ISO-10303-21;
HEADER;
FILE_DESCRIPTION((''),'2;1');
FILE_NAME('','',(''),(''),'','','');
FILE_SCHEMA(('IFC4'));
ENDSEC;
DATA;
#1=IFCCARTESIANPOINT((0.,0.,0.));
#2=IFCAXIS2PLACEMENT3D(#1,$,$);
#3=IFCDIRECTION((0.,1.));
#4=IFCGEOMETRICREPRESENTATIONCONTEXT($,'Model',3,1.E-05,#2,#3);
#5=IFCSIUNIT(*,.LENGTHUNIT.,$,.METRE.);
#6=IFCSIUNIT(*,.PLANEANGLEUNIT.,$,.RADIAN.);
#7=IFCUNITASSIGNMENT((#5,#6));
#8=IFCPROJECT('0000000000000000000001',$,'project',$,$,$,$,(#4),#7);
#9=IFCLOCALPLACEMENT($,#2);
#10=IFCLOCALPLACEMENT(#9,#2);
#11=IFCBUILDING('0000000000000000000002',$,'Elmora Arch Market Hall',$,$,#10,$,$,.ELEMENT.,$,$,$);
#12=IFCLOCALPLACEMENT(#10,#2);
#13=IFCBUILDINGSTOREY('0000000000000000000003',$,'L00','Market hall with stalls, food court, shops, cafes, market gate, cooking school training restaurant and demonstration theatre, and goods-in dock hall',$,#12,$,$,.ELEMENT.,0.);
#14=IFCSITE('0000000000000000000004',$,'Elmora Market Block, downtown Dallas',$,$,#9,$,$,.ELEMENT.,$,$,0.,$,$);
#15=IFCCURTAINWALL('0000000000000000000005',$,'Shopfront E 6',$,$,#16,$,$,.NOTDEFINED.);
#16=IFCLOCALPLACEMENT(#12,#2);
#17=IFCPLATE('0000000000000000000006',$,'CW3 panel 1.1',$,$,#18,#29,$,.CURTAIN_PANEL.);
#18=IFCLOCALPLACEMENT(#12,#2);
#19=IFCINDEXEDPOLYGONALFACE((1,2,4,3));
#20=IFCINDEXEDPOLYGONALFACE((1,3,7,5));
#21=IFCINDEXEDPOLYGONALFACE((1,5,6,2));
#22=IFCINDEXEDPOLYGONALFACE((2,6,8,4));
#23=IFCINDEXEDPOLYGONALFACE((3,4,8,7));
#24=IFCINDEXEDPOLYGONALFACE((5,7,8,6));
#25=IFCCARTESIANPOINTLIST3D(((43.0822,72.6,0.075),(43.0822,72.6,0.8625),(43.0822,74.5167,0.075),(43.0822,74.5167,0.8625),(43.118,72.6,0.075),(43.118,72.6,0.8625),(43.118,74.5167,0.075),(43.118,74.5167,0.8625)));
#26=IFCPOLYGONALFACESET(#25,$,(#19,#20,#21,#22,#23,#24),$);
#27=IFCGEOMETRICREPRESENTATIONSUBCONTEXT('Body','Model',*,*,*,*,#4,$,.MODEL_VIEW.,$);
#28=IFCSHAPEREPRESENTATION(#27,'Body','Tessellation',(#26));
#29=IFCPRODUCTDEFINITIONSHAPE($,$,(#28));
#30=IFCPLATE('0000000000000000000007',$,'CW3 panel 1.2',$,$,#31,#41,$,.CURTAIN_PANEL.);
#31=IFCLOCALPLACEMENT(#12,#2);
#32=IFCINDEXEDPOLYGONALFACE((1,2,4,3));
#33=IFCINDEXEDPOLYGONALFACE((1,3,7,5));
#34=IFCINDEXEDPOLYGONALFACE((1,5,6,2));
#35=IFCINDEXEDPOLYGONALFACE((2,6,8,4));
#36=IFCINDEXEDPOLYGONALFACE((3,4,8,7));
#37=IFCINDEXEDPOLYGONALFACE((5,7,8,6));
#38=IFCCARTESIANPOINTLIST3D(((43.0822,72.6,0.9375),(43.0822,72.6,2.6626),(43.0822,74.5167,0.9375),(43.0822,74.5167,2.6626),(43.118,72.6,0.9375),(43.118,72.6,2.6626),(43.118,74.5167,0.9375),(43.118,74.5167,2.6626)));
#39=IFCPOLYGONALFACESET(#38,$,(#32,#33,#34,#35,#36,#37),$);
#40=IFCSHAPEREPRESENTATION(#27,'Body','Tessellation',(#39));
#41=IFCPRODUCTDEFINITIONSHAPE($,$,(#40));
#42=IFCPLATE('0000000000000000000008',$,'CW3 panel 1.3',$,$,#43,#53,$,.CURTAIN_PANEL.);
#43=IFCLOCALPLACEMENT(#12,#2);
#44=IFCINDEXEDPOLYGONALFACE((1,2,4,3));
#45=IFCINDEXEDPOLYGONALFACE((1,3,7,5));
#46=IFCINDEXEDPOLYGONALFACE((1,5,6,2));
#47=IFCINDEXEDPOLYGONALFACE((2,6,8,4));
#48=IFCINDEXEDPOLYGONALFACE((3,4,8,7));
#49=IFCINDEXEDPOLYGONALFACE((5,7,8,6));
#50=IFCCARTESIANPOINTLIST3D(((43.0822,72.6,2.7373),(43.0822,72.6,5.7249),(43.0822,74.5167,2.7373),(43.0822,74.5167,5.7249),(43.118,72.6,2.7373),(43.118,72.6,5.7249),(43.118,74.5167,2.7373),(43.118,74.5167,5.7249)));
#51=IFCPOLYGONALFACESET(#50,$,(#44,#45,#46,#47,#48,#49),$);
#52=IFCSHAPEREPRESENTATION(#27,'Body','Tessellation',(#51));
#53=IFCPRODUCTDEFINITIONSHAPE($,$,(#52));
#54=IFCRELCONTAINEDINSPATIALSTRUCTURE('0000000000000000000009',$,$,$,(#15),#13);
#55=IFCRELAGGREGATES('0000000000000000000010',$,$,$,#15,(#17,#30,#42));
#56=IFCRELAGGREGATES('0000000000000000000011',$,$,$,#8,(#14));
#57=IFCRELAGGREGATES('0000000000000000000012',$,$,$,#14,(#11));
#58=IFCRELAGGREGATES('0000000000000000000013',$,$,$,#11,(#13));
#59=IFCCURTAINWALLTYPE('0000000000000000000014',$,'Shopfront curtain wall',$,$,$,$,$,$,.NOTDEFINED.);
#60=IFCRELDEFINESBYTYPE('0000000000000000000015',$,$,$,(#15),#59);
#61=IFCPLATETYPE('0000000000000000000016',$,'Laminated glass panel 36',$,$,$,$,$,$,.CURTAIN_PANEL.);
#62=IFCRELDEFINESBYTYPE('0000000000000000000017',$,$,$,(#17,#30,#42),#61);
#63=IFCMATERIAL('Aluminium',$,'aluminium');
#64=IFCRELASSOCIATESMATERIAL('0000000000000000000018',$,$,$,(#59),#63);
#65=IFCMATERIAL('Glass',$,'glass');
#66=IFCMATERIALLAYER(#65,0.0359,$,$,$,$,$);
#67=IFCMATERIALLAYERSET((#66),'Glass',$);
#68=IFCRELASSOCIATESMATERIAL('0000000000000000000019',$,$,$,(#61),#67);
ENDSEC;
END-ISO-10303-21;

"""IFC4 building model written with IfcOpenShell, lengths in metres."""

from ifc_helpers import new_model, si_unit, direction, frame, origin, origin_2d, place, context, subcontext, project, spatial, rectangle, extrude, material, layer, layer_set, type_object, element, aggregate, save


model = new_model("IFC4")

# Units and contexts
model_context = context("Model", 3, precision=1e-05, world=origin(), true_north=direction((0.0, 1.0)))
body_context = subcontext(model_context, "Body", "Model", "MODEL_VIEW")
ifc_project = project(units=[si_unit("LENGTHUNIT", "METRE"), si_unit("PLANEANGLEUNIT", "RADIAN")], contexts=[model_context])

# Site, building, storey
site_placement = place(None, origin())
site = spatial("IfcSite", under=ifc_project, at=site_placement, Name="Elmora Market Block, downtown Dallas", CompositionType="ELEMENT", RefElevation=0.0)
building_placement = place(site_placement, origin())
building = spatial("IfcBuilding", under=site, at=building_placement, Name="Elmora Arch Market Hall", CompositionType="ELEMENT")
storey_placement = place(building_placement, origin())
storey = spatial("IfcBuildingStorey", under=building, at=storey_placement, Name="L00", Description="Market hall with stalls, food court, shops, cafes, market gate, cooking school training restaurant and demonstration theatre, and goods-in dock hall", CompositionType="ELEMENT", Elevation=0.0)

# Shared definitions
ifc_material_1 = material(Name="Aluminium", Category="aluminium")
curtain_wall_type = type_object("IfcCurtainWallType", Name="Shopfront curtain wall", PredefinedType="NOTDEFINED", material=ifc_material_1)

# Curtain wall
curtain_wall_1_placement = place(storey_placement, origin())
curtain_wall_1 = element("IfcCurtainWall", 1, at=curtain_wall_1_placement, inside=storey, type_object=curtain_wall_type, Name="Shopfront E 6", PredefinedType="NOTDEFINED")

# Plates
ifc_material_2 = material(Name="Glass", Category="glass")
ifc_layer_1 = layer(ifc_material_2, 0.0359)
ifc_layer_set_1 = layer_set([ifc_layer_1], Name="Glass")
plate_type = type_object("IfcPlateType", Name="Laminated glass panel 36", PredefinedType="CURTAIN_PANEL", material=ifc_layer_set_1)
plate_1_placement = place(storey_placement, frame((43.1001, 73.5583, 0.075), z_axis=(0.0, 0.0, 1.0), x_axis=(0.0, 1.0, 0.0)))
plate_1 = element("IfcPlate", 2, at=plate_1_placement, type_object=plate_type, Name="CW3 panel 1.1", PredefinedType="CURTAIN_PANEL", context=body_context, shape_type="SweptSolid", body=[
    extrude(rectangle(XDim=1.9167, YDim=0.0359, at=origin_2d()), origin(), (0.0, 0.0, 1.0), 0.7876),
])
plate_2_placement = place(storey_placement, frame((43.1001, 73.5583, 0.9375), z_axis=(0.0, 0.0, 1.0), x_axis=(0.0, 1.0, 0.0)))
plate_2 = element("IfcPlate", 3, at=plate_2_placement, type_object=plate_type, Name="CW3 panel 1.2", PredefinedType="CURTAIN_PANEL", context=body_context, shape_type="SweptSolid", body=[
    extrude(rectangle(XDim=1.9167, YDim=0.0359, at=origin_2d()), origin(), (0.0, 0.0, 1.0), 1.7251),
])
plate_3_placement = place(storey_placement, frame((43.1001, 73.5583, 2.7373), z_axis=(0.0, 0.0, 1.0), x_axis=(0.0, 1.0, 0.0)))
plate_3 = element("IfcPlate", 4, at=plate_3_placement, type_object=plate_type, Name="CW3 panel 1.3", PredefinedType="CURTAIN_PANEL", context=body_context, shape_type="SweptSolid", body=[
    extrude(rectangle(XDim=1.9167, YDim=0.0359, at=origin_2d()), origin(), (0.0, 0.0, 1.0), 2.9875),
])
aggregate(curtain_wall_1, [plate_1, plate_2, plate_3])

save(model, "model.ifc")
